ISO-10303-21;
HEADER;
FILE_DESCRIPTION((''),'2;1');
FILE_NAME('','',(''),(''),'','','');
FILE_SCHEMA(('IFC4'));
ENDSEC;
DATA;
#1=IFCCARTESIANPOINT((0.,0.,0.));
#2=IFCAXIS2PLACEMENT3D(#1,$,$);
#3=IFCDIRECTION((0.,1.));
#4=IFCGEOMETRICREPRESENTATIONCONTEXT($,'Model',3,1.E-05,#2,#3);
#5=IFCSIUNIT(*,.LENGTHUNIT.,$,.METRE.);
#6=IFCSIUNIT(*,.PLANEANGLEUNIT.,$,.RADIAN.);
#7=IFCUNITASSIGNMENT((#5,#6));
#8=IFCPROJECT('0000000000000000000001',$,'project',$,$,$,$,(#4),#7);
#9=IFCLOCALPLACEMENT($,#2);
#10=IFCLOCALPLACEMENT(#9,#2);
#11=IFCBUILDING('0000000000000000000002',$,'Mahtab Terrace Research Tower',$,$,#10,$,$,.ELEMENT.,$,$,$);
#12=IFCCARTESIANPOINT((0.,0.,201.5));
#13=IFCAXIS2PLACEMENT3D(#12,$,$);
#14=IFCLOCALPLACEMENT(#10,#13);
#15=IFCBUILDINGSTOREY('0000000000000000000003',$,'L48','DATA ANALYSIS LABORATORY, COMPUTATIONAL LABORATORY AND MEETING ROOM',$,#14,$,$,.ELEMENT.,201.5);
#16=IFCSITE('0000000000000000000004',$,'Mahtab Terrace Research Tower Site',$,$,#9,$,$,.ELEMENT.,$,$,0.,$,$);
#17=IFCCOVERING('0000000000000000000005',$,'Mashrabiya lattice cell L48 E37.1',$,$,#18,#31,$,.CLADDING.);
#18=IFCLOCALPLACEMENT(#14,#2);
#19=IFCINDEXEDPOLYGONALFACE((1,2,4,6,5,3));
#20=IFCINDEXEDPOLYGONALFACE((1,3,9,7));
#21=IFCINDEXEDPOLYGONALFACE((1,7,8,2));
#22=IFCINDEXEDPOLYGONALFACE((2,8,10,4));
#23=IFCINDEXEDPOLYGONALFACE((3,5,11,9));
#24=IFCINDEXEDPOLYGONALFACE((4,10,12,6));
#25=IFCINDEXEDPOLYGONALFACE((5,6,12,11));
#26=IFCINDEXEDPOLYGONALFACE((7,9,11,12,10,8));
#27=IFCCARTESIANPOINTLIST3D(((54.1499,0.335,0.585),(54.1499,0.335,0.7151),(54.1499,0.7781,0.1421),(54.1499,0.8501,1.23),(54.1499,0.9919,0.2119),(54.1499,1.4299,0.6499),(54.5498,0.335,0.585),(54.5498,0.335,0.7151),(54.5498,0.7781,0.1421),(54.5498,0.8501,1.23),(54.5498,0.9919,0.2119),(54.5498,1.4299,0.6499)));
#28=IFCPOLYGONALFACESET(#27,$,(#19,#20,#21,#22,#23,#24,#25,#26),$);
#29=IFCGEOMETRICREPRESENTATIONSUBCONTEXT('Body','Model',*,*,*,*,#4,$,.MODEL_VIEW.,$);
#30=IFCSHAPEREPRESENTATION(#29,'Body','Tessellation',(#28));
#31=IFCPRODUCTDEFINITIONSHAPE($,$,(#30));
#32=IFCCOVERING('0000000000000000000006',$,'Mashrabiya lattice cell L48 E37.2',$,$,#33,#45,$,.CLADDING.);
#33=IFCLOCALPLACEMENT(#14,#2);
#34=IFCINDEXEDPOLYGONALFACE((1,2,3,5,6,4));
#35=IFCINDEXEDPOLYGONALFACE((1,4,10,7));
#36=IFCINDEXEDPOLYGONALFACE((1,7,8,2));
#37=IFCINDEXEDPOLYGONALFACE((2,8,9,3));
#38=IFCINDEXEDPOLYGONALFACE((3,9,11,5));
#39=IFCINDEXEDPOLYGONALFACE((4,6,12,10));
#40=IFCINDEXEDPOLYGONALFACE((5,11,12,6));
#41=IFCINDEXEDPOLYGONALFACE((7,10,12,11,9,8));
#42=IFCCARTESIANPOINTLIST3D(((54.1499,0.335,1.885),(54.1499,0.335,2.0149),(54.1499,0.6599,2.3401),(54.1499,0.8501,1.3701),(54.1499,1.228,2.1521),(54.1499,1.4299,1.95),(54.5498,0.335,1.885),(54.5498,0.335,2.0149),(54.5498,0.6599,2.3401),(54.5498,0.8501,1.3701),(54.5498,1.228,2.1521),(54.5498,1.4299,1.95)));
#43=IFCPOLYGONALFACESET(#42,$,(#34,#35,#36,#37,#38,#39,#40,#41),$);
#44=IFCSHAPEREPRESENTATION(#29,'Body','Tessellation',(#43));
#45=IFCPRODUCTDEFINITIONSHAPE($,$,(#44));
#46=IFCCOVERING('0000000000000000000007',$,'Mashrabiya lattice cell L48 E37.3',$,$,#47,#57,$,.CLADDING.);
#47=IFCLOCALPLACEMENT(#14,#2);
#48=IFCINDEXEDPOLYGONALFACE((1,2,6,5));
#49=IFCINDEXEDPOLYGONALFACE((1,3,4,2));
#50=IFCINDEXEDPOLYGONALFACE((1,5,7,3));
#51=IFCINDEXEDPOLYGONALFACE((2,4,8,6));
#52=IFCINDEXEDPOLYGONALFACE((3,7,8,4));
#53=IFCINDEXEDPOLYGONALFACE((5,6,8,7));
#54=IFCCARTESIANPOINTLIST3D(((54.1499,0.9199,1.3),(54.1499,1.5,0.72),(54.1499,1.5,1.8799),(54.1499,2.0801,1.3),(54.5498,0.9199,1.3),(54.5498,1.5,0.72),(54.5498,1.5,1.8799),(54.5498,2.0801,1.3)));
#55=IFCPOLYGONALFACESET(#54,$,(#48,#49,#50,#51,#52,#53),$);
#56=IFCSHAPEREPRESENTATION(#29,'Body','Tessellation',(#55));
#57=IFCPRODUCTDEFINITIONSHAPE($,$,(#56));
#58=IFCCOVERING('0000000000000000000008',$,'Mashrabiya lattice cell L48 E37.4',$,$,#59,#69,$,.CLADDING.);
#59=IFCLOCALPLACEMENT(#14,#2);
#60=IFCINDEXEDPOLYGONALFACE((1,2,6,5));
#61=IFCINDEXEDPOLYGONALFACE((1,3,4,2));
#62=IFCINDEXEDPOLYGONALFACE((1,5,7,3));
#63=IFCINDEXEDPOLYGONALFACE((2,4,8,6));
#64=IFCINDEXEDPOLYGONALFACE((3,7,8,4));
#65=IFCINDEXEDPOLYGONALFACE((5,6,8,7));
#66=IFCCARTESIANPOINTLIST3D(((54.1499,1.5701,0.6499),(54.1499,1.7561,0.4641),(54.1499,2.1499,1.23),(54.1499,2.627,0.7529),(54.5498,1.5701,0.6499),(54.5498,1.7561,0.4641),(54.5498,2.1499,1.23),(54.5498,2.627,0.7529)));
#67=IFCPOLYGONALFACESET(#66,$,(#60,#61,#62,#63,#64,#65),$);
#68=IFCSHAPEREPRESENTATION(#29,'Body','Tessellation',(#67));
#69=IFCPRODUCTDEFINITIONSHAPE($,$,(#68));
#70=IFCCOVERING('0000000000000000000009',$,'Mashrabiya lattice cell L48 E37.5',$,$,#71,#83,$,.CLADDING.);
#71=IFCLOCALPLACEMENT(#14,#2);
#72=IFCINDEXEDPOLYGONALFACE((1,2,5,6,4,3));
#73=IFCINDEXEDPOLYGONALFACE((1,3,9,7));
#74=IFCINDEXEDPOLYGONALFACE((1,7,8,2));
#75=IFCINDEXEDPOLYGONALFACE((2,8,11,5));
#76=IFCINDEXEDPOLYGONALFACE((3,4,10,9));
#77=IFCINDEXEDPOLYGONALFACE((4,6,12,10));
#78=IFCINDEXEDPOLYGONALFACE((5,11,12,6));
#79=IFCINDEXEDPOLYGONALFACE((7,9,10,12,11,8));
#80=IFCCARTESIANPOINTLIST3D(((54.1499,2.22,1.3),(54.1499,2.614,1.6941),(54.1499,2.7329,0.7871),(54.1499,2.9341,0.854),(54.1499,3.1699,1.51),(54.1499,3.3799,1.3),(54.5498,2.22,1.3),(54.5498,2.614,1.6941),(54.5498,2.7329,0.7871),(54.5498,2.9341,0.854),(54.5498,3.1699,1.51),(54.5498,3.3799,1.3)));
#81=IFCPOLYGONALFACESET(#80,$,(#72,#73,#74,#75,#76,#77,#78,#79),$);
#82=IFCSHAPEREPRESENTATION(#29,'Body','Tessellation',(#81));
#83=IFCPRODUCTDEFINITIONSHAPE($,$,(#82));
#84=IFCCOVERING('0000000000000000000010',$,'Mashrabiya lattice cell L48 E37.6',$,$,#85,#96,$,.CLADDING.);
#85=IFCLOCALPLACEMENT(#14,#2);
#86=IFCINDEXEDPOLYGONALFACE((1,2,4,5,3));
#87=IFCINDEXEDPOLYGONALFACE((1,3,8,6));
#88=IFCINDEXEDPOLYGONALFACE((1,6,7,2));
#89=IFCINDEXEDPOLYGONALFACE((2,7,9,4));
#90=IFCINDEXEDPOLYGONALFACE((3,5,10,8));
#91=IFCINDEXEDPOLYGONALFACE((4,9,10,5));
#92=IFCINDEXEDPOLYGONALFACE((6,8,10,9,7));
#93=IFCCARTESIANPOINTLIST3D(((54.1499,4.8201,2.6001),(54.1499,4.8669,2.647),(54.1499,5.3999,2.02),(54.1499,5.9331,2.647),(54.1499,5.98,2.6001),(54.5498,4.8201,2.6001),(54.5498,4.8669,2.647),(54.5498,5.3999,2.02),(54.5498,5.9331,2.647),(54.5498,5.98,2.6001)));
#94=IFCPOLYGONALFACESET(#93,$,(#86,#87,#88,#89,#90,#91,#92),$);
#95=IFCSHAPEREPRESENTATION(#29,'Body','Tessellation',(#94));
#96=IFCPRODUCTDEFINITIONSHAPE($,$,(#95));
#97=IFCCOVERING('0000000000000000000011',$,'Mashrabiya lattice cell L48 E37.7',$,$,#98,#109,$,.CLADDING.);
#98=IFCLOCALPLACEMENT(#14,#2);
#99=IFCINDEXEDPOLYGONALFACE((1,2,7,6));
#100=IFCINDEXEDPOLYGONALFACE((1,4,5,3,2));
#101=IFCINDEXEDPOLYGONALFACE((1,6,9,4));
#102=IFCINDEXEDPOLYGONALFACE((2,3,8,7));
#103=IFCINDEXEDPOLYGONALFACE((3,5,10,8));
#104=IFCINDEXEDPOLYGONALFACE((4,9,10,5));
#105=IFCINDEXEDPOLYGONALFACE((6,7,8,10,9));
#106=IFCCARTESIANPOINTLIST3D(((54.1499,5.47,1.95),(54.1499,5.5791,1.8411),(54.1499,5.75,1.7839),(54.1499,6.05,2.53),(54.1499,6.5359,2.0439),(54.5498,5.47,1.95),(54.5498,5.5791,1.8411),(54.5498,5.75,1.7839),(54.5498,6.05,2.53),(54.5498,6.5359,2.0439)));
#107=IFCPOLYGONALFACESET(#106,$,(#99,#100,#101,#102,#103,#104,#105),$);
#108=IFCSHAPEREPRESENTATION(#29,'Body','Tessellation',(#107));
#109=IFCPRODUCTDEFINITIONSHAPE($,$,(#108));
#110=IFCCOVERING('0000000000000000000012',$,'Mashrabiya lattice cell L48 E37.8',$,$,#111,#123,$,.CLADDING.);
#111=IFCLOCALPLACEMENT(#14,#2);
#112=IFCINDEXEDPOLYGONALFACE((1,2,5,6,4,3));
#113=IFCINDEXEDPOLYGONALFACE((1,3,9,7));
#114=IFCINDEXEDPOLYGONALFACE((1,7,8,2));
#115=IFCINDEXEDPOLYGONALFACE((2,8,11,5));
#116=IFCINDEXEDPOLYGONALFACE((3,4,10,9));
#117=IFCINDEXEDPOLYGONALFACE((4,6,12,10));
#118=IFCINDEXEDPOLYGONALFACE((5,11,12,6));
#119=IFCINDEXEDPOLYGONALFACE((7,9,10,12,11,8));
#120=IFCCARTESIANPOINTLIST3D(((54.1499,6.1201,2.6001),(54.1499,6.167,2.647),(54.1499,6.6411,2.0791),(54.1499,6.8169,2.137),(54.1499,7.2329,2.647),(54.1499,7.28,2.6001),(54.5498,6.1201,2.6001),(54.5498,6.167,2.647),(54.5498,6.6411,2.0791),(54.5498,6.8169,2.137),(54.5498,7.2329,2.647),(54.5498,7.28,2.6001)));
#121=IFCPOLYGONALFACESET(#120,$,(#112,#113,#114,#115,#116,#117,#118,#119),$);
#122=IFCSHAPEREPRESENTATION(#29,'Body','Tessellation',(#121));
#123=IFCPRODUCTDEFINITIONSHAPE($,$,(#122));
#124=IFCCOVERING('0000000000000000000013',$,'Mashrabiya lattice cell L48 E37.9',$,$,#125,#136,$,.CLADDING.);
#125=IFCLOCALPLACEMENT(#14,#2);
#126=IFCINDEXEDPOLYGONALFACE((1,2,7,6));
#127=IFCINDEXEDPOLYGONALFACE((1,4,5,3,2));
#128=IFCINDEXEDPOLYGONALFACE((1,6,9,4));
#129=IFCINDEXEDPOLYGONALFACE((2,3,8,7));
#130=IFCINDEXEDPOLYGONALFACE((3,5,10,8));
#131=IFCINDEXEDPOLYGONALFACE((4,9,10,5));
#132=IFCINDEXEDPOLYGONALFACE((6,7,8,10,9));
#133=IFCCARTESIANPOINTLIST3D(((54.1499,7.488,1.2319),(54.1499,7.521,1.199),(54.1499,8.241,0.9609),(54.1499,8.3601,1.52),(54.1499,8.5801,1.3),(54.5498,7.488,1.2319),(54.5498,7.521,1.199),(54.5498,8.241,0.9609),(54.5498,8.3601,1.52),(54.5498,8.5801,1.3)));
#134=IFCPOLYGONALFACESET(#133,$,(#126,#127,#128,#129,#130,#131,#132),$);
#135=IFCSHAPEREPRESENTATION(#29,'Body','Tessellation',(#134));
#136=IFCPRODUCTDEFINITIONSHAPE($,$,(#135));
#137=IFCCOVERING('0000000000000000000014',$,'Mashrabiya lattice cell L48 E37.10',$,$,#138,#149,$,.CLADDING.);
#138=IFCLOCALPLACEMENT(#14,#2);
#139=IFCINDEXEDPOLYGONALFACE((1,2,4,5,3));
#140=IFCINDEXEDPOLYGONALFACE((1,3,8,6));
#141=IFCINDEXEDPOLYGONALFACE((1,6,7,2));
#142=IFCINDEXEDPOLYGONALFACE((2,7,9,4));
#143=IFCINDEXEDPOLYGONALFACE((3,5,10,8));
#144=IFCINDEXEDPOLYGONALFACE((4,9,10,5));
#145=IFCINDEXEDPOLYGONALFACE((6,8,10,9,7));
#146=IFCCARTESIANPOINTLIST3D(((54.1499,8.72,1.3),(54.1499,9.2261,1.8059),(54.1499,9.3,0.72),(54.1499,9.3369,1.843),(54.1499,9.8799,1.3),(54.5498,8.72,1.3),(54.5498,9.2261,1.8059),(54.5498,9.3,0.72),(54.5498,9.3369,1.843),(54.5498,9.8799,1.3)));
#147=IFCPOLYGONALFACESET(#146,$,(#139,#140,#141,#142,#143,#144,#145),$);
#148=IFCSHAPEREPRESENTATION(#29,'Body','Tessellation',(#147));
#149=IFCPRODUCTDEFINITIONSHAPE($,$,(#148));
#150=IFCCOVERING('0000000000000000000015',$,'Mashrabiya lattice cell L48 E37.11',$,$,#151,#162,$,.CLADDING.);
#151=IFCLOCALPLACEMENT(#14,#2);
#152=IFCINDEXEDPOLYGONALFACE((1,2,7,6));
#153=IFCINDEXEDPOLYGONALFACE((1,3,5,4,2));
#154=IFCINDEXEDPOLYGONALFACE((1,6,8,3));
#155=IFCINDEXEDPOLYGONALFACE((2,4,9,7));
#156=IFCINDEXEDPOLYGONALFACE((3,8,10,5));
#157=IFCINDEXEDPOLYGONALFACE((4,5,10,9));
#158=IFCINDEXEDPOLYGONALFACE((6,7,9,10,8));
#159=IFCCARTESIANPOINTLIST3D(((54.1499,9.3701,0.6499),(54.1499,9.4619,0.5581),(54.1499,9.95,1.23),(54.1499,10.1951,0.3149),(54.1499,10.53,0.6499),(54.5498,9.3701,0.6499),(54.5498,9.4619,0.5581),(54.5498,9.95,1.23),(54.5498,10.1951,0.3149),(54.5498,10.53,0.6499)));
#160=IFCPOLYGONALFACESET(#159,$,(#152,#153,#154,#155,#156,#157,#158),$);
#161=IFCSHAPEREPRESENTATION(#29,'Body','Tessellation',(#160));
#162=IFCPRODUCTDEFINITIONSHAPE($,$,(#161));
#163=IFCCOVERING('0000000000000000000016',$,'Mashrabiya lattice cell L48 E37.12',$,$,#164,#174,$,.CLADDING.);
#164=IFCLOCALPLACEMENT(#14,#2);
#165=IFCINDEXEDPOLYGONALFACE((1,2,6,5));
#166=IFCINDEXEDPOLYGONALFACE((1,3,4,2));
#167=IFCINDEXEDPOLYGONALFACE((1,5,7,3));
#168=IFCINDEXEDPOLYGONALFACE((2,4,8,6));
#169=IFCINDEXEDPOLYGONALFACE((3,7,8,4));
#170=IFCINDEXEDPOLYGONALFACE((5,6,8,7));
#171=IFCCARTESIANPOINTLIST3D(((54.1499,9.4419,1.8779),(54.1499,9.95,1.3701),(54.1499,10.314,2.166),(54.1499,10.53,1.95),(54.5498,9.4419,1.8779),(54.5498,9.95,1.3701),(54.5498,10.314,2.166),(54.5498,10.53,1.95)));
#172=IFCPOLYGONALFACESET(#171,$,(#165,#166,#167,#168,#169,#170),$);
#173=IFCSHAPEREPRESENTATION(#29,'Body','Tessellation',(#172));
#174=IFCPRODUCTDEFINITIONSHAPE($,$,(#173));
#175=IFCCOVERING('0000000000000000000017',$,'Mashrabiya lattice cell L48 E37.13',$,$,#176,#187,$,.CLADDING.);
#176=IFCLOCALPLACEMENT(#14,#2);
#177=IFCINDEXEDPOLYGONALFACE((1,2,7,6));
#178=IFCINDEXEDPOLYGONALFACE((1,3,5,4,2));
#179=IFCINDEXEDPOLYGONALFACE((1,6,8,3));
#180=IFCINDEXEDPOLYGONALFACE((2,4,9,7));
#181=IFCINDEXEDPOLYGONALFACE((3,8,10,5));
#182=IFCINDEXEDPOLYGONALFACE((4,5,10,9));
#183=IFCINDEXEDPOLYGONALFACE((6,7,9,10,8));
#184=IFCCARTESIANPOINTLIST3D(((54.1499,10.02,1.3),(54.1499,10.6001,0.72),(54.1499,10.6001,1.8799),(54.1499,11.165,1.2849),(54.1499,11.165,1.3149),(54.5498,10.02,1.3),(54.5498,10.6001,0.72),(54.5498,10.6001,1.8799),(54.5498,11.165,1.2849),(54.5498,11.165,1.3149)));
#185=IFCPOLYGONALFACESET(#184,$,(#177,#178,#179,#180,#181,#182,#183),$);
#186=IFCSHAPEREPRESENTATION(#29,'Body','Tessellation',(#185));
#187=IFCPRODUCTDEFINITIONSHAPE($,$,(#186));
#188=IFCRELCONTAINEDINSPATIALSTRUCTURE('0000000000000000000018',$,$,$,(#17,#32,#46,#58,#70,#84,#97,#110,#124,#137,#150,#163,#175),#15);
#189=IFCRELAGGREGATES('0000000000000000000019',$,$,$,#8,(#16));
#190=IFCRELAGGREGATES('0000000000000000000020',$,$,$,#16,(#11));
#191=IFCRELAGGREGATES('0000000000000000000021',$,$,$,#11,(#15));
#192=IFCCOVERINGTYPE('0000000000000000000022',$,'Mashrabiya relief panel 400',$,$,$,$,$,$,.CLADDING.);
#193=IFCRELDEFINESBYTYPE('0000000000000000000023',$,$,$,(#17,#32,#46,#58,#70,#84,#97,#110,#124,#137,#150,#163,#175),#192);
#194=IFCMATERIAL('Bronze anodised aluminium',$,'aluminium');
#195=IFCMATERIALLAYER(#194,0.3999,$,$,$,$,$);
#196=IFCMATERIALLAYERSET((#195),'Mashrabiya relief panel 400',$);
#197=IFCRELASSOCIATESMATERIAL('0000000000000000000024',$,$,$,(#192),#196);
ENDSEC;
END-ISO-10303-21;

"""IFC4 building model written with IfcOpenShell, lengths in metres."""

from ifc_helpers import new_model, si_unit, direction, frame, origin, place, context, subcontext, project, spatial, polyline, outline, extrude, material, layer, layer_set, type_object, element, save


model = new_model("IFC4")

# Units and contexts
model_context = context("Model", 3, precision=1e-05, world=origin(), true_north=direction((0.0, 1.0)))
body_context = subcontext(model_context, "Body", "Model", "MODEL_VIEW")
ifc_project = project(units=[si_unit("LENGTHUNIT", "METRE"), si_unit("PLANEANGLEUNIT", "RADIAN")], contexts=[model_context])

# Site, building, storey
site_placement = place(None, origin())
site = spatial("IfcSite", under=ifc_project, at=site_placement, Name="Mahtab Terrace Research Tower Site", CompositionType="ELEMENT", RefElevation=0.0)
building_placement = place(site_placement, origin())
building = spatial("IfcBuilding", under=site, at=building_placement, Name="Mahtab Terrace Research Tower", CompositionType="ELEMENT")
storey_placement = place(building_placement, frame((0.0, 0.0, 201.5)))
storey = spatial("IfcBuildingStorey", under=building, at=storey_placement, Name="L48", Description="DATA ANALYSIS LABORATORY, COMPUTATIONAL LABORATORY AND MEETING ROOM", CompositionType="ELEMENT", Elevation=201.5)

# Coverings
ifc_material_1 = material(Name="Bronze anodised aluminium", Category="aluminium")
ifc_layer_1 = layer(ifc_material_1, 0.3999)
ifc_layer_set_1 = layer_set([ifc_layer_1], Name="Mashrabiya relief panel 400")
covering_type = type_object("IfcCoveringType", Name="Mashrabiya relief panel 400", PredefinedType="CLADDING", material=ifc_layer_set_1)
covering_1_placement = place(storey_placement, frame((54.1499, 0.335, 0.585), z_axis=(-1.0, 0.0, 0.0), x_axis=(0.0, 0.0, 1.0)))
element("IfcCovering", 1, at=covering_1_placement, inside=storey, type_object=covering_type, Name="Mashrabiya lattice cell L48 E37.1", PredefinedType="CLADDING", context=body_context, shape_type="SweptSolid", body=[
    extrude(outline(polyline([(0.0, 0.0), (0.1301, 0.0), (0.645, 0.5151), (0.0649, 1.095), (-0.373, 0.657), (-0.4429, 0.4431), (0.0, 0.0)])), origin(), (0.0, 0.0, -1.0), 0.3999),
])
covering_2_placement = place(storey_placement, frame((54.1499, 1.4299, 1.95), z_axis=(-1.0, 0.0, 0.0), x_axis=(0.0, -0.707107, -0.707107)))
element("IfcCovering", 2, at=covering_2_placement, inside=storey, type_object=covering_type, Name="Mashrabiya lattice cell L48 E37.2", PredefinedType="CLADDING", context=body_context, shape_type="SweptSolid", body=[
    extrude(outline(polyline([(0.0, 0.0), (0.82, 0.0), (0.8202, 0.7283), (0.7283, 0.8202), (0.2686, 0.8204), (-0.0002, 0.2857), (0.0, 0.0)])), origin(), (0.0, 0.0, -1.0), 0.3999),
])
covering_3_placement = place(storey_placement, frame((54.1499, 1.5, 1.8799), z_axis=(-1.0, 0.0, 0.0), x_axis=(0.0, 0.707256, -0.706958)))
element("IfcCovering", 3, at=covering_3_placement, inside=storey, type_object=covering_type, Name="Mashrabiya lattice cell L48 E37.3", PredefinedType="CLADDING", context=body_context, shape_type="SweptSolid", body=[
    extrude(outline(polyline([(0.0, 0.0), (0.8202, 0.0), (0.82, 0.8204), (-0.0003, 0.8202), (0.0, 0.0)])), origin(), (0.0, 0.0, -1.0), 0.3999),
])
covering_4_placement = place(storey_placement, frame((54.1499, 1.5701, 0.6499), z_axis=(-1.0, 0.0, 0.0), x_axis=(0.0, 0.706958, 0.707256)))
element("IfcCovering", 4, at=covering_4_placement, inside=storey, type_object=covering_type, Name="Mashrabiya lattice cell L48 E37.4", PredefinedType="CLADDING", context=body_context, shape_type="SweptSolid", body=[
    extrude(outline(polyline([(0.0, 0.0), (0.8202, 0.0), (0.82, 0.6747), (0.0001, 0.2629), (0.0, 0.0)])), origin(), (0.0, 0.0, -1.0), 0.3999),
])
covering_5_placement = place(storey_placement, frame((54.1499, 2.22, 1.3), z_axis=(-1.0, 0.0, 0.0), x_axis=(0.0, 0.707107, 0.707107)))
element("IfcCovering", 5, at=covering_5_placement, inside=storey, type_object=covering_type, Name="Mashrabiya lattice cell L48 E37.5", PredefinedType="CLADDING", context=body_context, shape_type="SweptSolid", body=[
    extrude(outline(polyline([(0.0, 0.0), (0.5573, 0.0), (0.8202, 0.5233), (0.8202, 0.8202), (0.1896, 0.8204), (0.0, 0.7254), (0.0, 0.0)])), origin(), (0.0, 0.0, -1.0), 0.3999),
])
covering_6_placement = place(storey_placement, frame((54.1499, 5.98, 2.6001), z_axis=(-1.0, 0.0, 0.0), x_axis=(0.0, -0.707107, -0.707107)))
element("IfcCovering", 6, at=covering_6_placement, inside=storey, type_object=covering_type, Name="Mashrabiya lattice cell L48 E37.6", PredefinedType="CLADDING", context=body_context, shape_type="SweptSolid", body=[
    extrude(outline(polyline([(0.0, 0.0), (0.8204, 0.0), (0.8202, 0.8202), (0.7539, 0.8202), (0.0, 0.0663), (0.0, 0.0)])), origin(), (0.0, 0.0, -1.0), 0.3999),
])
covering_7_placement = place(storey_placement, frame((54.1499, 5.47, 1.95), z_axis=(-1.0, 0.0, 0.0), x_axis=(0.0, 0.707107, 0.707107)))
element("IfcCovering", 7, at=covering_7_placement, inside=storey, type_object=covering_type, Name="Mashrabiya lattice cell L48 E37.7", PredefinedType="CLADDING", context=body_context, shape_type="SweptSolid", body=[
    extrude(outline(polyline([(0.0, 0.0), (0.8204, 0.0), (0.8202, 0.6873), (0.0806, 0.3154), (0.0002, 0.1542), (0.0, 0.0)])), origin(), (0.0, 0.0, -1.0), 0.3999),
])
covering_8_placement = place(storey_placement, frame((54.1499, 6.1201, 2.6001), z_axis=(-1.0, 0.0, 0.0), x_axis=(0.0, 0.707107, 0.707107)))
element("IfcCovering", 8, at=covering_8_placement, inside=storey, type_object=covering_type, Name="Mashrabiya lattice cell L48 E37.8", PredefinedType="CLADDING", context=body_context, shape_type="SweptSolid", body=[
    extrude(outline(polyline([(0.0, 0.0), (0.0663, 0.0), (0.82, 0.7537), (0.8202, 0.8202), (0.1652, 0.8202), (0.0, 0.7368), (0.0, 0.0)])), origin(), (0.0, 0.0, -1.0), 0.3999),
])
covering_9_placement = place(storey_placement, frame((54.1499, 7.488, 1.2319), z_axis=(-1.0, 0.0, 0.0), x_axis=(0.0, 0.949531, 0.313675)))
element("IfcCovering", 9, at=covering_9_placement, inside=storey, type_object=covering_type, Name="Mashrabiya lattice cell L48 E37.9", PredefinedType="CLADDING", context=body_context, shape_type="SweptSolid", body=[
    extrude(outline(polyline([(0.0, 0.0), (0.9184, 0.0), (1.0583, 0.2779), (0.6299, 0.4935), (0.021, 0.0416), (0.0, 0.0)])), origin(), (0.0, 0.0, -1.0), 0.3999),
])
covering_10_placement = place(storey_placement, frame((54.1499, 9.8799, 1.3), z_axis=(-1.0, 0.0, 0.0), x_axis=(0.0, -0.706958, -0.707256)))
element("IfcCovering", 10, at=covering_10_placement, inside=storey, type_object=covering_type, Name="Mashrabiya lattice cell L48 E37.10", PredefinedType="CLADDING", context=body_context, shape_type="SweptSolid", body=[
    extrude(outline(polyline([(0.0, 0.0), (0.8202, 0.0), (0.82, 0.8204), (0.1044, 0.82), (-0.0002, 0.7679), (0.0, 0.0)])), origin(), (0.0, 0.0, -1.0), 0.3999),
])
covering_11_placement = place(storey_placement, frame((54.1499, 9.3701, 0.6499), z_axis=(-1.0, 0.0, 0.0), x_axis=(0.0, 0.706958, 0.707256)))
element("IfcCovering", 11, at=covering_11_placement, inside=storey, type_object=covering_type, Name="Mashrabiya lattice cell L48 E37.11", PredefinedType="CLADDING", context=body_context, shape_type="SweptSolid", body=[
    extrude(outline(polyline([(0.0, 0.0), (0.8202, 0.0), (0.82, 0.8204), (0.3463, 0.8203), (0.0, 0.1298), (0.0, 0.0)])), origin(), (0.0, 0.0, -1.0), 0.3999),
])
covering_12_placement = place(storey_placement, frame((54.1499, 10.53, 1.95), z_axis=(-1.0, 0.0, 0.0), x_axis=(0.0, -0.707256, -0.706958)))
element("IfcCovering", 12, at=covering_12_placement, inside=storey, type_object=covering_type, Name="Mashrabiya lattice cell L48 E37.12", PredefinedType="CLADDING", context=body_context, shape_type="SweptSolid", body=[
    extrude(outline(polyline([(0.0, 0.0), (0.8202, 0.0), (0.8205, 0.7183), (0.0001, 0.3056), (0.0, 0.0)])), origin(), (0.0, 0.0, -1.0), 0.3999),
])
covering_13_placement = place(storey_placement, frame((54.1499, 10.6001, 0.72), z_axis=(-1.0, 0.0, 0.0), x_axis=(0.0, -0.707107, 0.707107)))
element("IfcCovering", 13, at=covering_13_placement, inside=storey, type_object=covering_type, Name="Mashrabiya lattice cell L48 E37.13", PredefinedType="CLADDING", context=body_context, shape_type="SweptSolid", body=[
    extrude(outline(polyline([(0.0, 0.0), (0.8204, 0.0), (0.8202, 0.8202), (0.0212, 0.8202), (0.0, 0.7989), (0.0, 0.0)])), origin(), (0.0, 0.0, -1.0), 0.3999),
])

save(model, "model.ifc")
